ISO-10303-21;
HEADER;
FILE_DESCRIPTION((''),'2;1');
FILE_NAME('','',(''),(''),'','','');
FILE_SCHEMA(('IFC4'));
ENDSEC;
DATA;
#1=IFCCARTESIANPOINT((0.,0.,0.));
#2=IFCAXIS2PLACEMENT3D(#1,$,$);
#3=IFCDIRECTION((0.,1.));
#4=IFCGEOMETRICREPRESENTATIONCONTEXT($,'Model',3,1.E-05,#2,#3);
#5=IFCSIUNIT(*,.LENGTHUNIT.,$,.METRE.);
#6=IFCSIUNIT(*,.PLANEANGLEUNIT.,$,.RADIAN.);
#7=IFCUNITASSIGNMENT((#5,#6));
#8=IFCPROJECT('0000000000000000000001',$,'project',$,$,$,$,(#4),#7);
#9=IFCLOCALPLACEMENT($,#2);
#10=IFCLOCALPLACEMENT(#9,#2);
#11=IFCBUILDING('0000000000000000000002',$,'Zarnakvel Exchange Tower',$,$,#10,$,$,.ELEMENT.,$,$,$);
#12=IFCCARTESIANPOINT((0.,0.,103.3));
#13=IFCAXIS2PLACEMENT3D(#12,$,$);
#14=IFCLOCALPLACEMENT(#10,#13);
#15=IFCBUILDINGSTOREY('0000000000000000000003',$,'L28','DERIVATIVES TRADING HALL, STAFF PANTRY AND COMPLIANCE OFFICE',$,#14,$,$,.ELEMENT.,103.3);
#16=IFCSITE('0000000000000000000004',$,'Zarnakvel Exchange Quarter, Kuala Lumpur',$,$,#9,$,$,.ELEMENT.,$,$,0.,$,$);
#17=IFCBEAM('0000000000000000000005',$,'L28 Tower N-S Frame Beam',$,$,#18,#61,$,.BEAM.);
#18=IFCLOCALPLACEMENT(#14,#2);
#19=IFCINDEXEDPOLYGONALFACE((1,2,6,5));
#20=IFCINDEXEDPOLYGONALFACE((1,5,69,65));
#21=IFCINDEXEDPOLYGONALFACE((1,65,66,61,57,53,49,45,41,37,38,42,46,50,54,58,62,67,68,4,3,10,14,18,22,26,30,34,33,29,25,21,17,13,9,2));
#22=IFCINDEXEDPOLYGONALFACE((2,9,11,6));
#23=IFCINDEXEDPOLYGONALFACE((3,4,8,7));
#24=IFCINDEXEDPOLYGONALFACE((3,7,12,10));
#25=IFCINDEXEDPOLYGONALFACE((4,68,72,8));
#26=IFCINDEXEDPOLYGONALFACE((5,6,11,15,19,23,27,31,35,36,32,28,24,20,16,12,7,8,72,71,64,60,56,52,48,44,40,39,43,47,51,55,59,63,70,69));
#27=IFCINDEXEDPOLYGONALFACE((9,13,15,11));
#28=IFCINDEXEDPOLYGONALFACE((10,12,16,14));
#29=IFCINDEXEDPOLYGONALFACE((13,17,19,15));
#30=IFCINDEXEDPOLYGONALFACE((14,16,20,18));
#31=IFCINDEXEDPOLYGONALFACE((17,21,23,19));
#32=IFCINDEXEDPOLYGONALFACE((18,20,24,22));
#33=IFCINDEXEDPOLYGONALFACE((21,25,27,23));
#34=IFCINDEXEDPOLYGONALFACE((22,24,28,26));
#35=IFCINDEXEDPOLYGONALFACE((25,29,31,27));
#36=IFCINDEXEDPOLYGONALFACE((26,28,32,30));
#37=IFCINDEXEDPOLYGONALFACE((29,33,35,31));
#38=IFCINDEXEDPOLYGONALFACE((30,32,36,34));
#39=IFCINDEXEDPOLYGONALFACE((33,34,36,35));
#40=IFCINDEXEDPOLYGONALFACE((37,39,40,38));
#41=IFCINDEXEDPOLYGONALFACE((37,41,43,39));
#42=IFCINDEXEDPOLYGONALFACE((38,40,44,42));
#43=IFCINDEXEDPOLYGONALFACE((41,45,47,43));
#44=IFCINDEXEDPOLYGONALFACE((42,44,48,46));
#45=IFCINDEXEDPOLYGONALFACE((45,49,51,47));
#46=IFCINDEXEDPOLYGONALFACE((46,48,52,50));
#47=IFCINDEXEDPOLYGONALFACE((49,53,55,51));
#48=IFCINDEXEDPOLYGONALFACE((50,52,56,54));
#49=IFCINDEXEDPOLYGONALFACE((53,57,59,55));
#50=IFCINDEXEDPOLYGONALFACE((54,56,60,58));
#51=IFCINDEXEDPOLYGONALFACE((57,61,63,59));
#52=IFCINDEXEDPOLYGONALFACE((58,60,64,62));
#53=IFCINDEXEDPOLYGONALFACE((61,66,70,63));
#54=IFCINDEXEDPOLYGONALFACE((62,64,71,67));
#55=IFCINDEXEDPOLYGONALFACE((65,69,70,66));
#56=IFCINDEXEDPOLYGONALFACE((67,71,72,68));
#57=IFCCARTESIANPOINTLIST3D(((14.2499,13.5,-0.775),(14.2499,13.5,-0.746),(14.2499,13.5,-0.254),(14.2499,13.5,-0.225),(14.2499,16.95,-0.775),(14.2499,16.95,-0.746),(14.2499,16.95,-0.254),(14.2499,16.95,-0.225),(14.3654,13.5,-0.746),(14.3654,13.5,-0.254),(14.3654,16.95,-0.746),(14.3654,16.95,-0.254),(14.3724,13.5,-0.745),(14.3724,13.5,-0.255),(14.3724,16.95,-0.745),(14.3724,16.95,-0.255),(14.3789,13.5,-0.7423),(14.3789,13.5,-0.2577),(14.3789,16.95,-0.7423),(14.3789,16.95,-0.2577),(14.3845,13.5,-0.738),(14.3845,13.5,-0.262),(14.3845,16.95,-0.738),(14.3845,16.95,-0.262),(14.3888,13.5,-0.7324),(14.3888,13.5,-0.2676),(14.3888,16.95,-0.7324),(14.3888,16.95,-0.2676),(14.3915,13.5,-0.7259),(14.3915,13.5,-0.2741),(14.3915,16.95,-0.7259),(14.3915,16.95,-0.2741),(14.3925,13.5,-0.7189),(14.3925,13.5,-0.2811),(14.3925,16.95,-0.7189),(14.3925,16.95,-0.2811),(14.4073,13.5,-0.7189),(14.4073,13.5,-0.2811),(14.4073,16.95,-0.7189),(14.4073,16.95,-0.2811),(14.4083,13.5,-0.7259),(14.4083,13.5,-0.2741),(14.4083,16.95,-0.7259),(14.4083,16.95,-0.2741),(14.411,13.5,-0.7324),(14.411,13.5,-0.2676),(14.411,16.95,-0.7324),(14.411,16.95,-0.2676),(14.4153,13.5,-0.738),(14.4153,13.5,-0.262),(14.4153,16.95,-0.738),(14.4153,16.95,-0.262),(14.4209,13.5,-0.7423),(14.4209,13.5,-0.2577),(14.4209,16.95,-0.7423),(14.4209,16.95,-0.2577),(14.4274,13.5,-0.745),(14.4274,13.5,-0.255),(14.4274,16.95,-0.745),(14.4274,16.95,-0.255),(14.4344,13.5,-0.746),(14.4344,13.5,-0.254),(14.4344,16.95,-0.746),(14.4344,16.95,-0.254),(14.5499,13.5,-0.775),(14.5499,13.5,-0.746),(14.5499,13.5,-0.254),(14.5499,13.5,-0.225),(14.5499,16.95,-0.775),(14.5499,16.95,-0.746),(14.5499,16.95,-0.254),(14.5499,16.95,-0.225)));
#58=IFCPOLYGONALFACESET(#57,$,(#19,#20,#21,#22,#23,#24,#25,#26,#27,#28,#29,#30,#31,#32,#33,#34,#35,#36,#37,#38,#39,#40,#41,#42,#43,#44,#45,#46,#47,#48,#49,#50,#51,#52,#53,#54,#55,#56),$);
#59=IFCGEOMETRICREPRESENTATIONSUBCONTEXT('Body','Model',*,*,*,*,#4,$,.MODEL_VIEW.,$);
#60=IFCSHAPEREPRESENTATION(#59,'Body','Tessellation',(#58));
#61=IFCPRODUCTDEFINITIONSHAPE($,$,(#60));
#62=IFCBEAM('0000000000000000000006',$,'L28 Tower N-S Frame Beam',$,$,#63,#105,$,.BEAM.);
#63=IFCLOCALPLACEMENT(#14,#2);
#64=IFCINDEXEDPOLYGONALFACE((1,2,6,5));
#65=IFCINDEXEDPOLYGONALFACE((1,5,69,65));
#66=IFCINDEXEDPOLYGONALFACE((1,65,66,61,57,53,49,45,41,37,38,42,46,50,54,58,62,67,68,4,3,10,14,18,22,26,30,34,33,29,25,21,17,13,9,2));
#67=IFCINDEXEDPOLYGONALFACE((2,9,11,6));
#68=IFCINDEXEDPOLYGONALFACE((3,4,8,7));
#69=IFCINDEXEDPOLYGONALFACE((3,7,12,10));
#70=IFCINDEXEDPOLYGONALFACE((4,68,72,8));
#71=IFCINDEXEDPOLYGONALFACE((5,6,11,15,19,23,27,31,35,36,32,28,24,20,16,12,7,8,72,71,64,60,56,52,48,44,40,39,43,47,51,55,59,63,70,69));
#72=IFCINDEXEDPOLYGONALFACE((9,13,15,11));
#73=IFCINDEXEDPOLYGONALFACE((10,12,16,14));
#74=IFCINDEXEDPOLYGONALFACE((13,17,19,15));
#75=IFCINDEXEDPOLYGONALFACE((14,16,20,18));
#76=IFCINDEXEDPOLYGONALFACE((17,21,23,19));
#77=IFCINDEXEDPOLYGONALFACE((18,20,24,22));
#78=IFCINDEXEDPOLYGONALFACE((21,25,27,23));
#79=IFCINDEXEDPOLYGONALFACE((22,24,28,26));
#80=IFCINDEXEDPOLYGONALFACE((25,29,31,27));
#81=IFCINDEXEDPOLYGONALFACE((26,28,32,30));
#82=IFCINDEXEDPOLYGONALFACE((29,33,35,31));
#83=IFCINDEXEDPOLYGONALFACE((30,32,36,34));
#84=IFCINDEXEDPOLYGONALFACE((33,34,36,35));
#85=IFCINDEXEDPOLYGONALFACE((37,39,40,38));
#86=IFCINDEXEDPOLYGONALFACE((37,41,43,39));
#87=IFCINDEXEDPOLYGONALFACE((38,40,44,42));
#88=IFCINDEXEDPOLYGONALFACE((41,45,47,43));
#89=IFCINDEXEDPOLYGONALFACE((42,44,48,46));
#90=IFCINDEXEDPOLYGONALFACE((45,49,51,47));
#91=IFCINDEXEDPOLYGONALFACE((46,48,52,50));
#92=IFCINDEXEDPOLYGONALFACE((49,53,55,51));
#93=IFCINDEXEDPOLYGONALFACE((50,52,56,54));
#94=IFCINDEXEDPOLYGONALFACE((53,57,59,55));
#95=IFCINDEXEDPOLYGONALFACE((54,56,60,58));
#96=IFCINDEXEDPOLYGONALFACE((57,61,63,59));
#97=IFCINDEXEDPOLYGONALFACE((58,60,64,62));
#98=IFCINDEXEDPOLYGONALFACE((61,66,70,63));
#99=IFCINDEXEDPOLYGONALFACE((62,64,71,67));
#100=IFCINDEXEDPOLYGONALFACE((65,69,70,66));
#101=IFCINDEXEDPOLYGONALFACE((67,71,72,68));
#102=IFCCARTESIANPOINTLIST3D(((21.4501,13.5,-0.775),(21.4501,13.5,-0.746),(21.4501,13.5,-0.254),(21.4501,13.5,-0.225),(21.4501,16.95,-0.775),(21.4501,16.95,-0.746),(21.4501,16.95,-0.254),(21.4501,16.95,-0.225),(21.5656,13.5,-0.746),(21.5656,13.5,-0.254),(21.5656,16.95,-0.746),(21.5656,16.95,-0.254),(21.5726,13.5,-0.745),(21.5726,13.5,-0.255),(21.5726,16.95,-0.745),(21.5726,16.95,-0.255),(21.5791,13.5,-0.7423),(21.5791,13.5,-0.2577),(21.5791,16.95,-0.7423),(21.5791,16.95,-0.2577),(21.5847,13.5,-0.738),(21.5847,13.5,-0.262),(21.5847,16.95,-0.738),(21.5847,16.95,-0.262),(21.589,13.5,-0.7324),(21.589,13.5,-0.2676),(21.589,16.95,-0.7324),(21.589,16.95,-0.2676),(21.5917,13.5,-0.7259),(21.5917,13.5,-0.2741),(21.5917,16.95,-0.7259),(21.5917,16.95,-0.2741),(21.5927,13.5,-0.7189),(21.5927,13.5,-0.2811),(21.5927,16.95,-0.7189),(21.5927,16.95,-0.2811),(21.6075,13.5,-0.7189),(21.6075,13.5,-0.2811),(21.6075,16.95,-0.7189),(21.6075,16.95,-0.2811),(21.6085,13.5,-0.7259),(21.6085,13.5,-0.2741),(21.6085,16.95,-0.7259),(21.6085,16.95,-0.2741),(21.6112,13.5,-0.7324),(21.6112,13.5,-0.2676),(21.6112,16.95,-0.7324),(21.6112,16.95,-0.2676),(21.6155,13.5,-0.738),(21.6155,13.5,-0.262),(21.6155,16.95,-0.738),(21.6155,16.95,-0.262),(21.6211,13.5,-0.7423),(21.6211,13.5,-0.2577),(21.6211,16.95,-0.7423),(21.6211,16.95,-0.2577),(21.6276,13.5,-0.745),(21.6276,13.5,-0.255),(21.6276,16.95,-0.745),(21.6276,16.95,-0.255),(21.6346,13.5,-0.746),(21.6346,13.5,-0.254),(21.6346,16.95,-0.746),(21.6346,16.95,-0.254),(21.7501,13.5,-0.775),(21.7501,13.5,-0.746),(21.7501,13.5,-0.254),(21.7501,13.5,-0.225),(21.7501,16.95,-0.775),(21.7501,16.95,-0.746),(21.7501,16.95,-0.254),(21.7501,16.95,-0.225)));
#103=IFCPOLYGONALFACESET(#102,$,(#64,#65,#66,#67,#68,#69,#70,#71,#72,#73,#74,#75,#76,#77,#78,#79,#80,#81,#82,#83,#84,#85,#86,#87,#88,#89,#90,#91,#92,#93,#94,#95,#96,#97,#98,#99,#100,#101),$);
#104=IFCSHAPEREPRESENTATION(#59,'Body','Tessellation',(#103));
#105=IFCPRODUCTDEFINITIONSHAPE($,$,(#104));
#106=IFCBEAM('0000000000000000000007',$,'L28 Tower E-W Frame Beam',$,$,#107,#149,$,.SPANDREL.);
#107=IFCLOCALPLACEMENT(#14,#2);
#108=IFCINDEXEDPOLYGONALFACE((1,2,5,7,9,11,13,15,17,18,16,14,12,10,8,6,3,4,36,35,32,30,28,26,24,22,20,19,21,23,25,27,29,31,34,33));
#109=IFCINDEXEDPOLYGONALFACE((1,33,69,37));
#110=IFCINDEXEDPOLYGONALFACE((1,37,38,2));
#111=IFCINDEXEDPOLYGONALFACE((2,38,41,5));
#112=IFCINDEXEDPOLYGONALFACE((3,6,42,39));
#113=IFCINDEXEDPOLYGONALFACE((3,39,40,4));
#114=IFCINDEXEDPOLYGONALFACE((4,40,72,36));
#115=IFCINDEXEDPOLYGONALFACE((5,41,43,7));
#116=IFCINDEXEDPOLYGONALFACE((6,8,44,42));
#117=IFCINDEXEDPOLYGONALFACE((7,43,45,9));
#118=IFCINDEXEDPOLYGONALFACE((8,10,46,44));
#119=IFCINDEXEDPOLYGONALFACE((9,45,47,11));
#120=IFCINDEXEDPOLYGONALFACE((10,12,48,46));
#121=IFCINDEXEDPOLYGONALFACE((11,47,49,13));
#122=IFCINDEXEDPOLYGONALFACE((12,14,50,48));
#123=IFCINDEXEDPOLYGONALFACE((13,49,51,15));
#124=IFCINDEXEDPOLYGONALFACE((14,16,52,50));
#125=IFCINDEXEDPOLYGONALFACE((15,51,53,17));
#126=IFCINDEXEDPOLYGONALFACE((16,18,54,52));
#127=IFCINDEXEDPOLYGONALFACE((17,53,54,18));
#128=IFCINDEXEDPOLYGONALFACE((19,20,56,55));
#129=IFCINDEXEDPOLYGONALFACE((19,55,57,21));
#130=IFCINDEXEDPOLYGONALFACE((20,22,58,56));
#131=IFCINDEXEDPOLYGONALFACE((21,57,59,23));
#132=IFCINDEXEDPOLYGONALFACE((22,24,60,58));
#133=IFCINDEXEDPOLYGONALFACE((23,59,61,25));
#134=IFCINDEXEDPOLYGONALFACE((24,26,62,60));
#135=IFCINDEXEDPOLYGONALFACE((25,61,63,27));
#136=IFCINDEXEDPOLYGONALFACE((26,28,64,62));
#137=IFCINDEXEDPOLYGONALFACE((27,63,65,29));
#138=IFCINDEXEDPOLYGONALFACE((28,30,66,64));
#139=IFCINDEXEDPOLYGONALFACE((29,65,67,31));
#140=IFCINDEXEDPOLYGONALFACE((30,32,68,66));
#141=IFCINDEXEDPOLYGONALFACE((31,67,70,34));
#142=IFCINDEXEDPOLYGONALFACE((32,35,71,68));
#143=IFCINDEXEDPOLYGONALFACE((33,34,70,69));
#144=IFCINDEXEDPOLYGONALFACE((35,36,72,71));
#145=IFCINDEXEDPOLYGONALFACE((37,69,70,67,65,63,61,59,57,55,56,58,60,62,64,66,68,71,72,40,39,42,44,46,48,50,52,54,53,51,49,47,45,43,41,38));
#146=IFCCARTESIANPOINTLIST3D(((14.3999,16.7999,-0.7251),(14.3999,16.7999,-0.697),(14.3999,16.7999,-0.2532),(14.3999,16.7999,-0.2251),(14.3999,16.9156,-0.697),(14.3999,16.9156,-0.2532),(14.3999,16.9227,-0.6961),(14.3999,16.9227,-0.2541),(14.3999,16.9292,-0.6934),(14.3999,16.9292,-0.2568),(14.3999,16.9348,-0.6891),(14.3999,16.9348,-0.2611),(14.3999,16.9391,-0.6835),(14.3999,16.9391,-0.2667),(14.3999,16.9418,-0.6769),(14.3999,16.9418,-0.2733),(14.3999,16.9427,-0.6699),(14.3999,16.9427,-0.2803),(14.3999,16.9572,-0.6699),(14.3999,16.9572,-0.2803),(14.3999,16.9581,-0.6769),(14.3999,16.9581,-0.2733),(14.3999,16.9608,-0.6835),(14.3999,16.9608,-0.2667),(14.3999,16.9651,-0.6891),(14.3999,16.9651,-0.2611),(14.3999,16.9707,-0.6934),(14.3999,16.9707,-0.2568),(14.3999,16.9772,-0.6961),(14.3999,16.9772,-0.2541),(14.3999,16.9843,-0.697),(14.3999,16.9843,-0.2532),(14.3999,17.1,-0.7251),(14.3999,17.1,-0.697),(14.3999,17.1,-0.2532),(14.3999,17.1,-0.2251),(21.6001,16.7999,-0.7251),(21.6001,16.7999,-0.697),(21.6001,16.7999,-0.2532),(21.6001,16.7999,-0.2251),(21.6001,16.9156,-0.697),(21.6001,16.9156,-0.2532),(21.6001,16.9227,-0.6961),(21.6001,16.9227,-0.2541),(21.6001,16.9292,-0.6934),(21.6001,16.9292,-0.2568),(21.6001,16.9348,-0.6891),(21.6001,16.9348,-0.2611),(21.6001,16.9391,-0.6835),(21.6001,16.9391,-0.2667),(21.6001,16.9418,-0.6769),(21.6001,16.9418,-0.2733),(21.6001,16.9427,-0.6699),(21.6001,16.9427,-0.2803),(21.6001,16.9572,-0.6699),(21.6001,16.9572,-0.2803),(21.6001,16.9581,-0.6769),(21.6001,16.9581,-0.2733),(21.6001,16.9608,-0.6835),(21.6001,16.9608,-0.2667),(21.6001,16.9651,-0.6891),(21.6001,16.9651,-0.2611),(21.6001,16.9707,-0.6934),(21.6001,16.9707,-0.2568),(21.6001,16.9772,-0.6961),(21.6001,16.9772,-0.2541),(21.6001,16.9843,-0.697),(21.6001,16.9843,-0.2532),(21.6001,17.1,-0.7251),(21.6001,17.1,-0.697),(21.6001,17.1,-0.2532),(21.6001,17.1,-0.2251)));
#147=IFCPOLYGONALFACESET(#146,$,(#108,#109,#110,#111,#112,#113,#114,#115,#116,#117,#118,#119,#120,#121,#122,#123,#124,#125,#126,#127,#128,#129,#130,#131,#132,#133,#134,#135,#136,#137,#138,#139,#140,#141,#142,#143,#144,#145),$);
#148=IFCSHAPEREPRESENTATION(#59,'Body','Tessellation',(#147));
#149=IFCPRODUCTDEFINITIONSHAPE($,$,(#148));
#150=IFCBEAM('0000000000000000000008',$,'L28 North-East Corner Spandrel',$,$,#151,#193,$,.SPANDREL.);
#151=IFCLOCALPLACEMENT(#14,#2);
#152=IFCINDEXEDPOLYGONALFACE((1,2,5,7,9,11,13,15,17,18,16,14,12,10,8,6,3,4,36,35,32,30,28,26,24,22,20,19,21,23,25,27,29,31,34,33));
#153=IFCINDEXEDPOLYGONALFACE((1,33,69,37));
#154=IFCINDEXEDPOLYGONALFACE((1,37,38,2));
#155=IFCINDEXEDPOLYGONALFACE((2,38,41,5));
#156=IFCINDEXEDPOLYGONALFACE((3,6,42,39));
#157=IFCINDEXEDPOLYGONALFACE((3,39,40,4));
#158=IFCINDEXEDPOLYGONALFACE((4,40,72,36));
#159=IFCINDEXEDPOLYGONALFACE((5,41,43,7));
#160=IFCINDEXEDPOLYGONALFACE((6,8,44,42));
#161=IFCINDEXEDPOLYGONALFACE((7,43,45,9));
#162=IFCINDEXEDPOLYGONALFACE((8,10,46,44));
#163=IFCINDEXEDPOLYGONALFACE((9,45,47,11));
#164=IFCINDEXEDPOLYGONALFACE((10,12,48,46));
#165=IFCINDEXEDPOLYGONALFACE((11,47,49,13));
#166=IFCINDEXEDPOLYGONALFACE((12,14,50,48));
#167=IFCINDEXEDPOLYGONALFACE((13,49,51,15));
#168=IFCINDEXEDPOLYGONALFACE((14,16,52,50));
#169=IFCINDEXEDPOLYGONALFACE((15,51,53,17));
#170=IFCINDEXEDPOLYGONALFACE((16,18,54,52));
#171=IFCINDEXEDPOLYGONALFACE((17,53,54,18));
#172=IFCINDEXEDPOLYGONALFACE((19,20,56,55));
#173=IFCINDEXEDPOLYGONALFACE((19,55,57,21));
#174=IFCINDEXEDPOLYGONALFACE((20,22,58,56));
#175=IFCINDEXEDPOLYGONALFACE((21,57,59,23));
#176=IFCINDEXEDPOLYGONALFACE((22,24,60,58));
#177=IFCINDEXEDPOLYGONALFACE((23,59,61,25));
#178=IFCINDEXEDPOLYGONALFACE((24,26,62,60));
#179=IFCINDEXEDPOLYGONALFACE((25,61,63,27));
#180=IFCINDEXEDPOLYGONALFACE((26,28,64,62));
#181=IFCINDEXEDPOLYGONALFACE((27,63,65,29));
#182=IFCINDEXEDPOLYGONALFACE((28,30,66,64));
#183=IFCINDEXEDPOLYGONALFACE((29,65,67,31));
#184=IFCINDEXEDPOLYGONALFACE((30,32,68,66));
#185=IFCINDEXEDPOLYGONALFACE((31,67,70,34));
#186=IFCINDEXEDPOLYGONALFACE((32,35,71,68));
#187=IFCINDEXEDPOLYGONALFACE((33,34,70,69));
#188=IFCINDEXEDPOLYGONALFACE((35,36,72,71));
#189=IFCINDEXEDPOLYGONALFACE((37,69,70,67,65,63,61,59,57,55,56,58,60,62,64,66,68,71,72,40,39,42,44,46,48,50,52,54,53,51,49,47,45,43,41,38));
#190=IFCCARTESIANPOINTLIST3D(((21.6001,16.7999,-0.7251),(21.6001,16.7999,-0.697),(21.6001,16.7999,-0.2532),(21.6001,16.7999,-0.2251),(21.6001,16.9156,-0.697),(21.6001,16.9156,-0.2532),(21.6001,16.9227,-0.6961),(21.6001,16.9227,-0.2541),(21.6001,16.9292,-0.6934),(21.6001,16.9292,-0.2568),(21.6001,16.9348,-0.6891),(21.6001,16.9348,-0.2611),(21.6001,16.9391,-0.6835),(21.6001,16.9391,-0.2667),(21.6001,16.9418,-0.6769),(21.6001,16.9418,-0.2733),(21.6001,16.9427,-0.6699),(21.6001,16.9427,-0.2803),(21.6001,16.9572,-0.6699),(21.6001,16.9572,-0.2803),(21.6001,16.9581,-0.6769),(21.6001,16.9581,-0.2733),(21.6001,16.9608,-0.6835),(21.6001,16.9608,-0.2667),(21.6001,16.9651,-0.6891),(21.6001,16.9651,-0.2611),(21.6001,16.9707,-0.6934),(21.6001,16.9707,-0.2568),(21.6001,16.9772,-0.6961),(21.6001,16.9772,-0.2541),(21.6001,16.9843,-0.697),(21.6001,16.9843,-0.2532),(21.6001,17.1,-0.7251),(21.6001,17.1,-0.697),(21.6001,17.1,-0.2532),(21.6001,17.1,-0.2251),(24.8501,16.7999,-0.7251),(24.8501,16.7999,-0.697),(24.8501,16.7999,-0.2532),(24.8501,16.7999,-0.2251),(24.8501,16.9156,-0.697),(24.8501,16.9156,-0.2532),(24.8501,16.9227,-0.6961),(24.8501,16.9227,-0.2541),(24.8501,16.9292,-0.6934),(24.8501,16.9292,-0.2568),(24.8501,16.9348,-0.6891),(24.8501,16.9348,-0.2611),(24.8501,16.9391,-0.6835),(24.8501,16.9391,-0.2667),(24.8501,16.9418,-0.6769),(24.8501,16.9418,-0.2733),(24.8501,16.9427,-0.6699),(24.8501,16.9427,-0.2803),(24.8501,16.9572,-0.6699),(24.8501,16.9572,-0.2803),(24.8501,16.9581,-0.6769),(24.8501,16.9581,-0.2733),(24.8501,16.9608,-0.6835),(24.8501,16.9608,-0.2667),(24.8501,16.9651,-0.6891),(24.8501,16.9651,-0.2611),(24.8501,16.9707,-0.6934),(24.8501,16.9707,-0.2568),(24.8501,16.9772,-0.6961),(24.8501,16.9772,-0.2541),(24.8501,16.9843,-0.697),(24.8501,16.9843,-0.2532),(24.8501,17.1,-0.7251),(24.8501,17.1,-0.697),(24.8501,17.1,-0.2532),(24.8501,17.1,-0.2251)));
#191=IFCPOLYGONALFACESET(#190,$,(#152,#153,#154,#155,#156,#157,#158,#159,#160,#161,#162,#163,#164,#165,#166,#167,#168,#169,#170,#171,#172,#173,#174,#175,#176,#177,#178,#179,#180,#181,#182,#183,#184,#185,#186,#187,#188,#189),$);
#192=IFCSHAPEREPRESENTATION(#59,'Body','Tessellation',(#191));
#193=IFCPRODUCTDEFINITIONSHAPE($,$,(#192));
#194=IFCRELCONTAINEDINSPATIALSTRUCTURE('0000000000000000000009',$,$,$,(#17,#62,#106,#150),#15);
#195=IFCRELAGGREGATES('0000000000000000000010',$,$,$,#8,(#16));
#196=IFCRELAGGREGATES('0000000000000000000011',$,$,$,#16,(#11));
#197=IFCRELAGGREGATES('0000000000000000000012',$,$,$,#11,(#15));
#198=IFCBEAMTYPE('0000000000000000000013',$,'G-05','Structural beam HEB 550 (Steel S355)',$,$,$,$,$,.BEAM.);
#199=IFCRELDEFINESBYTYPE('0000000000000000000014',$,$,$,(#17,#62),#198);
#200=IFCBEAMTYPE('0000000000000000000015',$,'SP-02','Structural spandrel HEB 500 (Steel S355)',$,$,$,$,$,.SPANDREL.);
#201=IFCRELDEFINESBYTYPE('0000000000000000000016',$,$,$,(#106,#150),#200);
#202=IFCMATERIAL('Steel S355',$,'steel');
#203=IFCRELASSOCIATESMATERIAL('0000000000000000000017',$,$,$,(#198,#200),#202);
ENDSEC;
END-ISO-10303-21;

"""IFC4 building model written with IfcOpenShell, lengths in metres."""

from ifc_helpers import new_model, si_unit, direction, frame, origin, origin_2d, place, context, subcontext, project, spatial, i_section, extrude, material, material_profile, profile_set, type_object, element, save


model = new_model("IFC4")

# Units and contexts
model_context = context("Model", 3, precision=1e-05, world=origin(), true_north=direction((0.0, 1.0)))
body_context = subcontext(model_context, "Body", "Model", "MODEL_VIEW")
ifc_project = project(units=[si_unit("LENGTHUNIT", "METRE"), si_unit("PLANEANGLEUNIT", "RADIAN")], contexts=[model_context])

# Site, building, storey
site_placement = place(None, origin())
site = spatial("IfcSite", under=ifc_project, at=site_placement, Name="Zarnakvel Exchange Quarter, Kuala Lumpur", CompositionType="ELEMENT", RefElevation=0.0)
building_placement = place(site_placement, origin())
building = spatial("IfcBuilding", under=site, at=building_placement, Name="Zarnakvel Exchange Tower", CompositionType="ELEMENT")
storey_placement = place(building_placement, frame((0.0, 0.0, 103.3)))
storey = spatial("IfcBuildingStorey", under=building, at=storey_placement, Name="L28", Description="DERIVATIVES TRADING HALL, STAFF PANTRY AND COMPLIANCE OFFICE", CompositionType="ELEMENT", Elevation=103.3)

# Shared definitions
ifc_material_1 = material(Name="Steel S355", Category="steel")

# Beams
ifc_material_profile_1 = material_profile(ifc_material_1, i_section(OverallWidth=0.3, OverallDepth=0.55, WebThickness=0.0149, FlangeThickness=0.0291, FilletRadius=0.0271, at=origin_2d()))
ifc_profile_set_1 = profile_set([ifc_material_profile_1], Name="Steel S355")
beam_type_1 = type_object("IfcBeamType", Name="G-05", Description="Structural beam HEB 550 (Steel S355)", PredefinedType="BEAM", material=ifc_profile_set_1)
for number, where, z_axis, x_axis, name in (
    (1, (14.3999, 13.5, -0.5), (0.0, 1.0, 0.0), (-1.0, 0.0, 0.0), "L28 Tower N-S Frame Beam"),
    (2, (21.6001, 13.5, -0.5), (0.0, 1.0, 0.0), (-1.0, 0.0, 0.0), "L28 Tower N-S Frame Beam"),
):
    element("IfcBeam", number, at=place(storey_placement, frame(where, z_axis=z_axis, x_axis=x_axis)), inside=storey, type_object=beam_type_1, Name=name, PredefinedType="BEAM", context=body_context, shape_type="SweptSolid", body=[
        extrude(i_section(OverallWidth=0.3, OverallDepth=0.55, WebThickness=0.0149, FlangeThickness=0.0291, FilletRadius=0.0271, at=origin_2d()), origin(), (0.0, 0.0, 1.0), 3.45),
    ])
ifc_material_profile_2 = material_profile(ifc_material_1, i_section(OverallWidth=0.3, OverallDepth=0.5, WebThickness=0.0144, FlangeThickness=0.0281, FilletRadius=0.0271, at=origin_2d()))
ifc_profile_set_2 = profile_set([ifc_material_profile_2], Name="Steel S355")
beam_type_2 = type_object("IfcBeamType", Name="SP-02", Description="Structural spandrel HEB 500 (Steel S355)", PredefinedType="SPANDREL", material=ifc_profile_set_2)
beam_1_placement = place(storey_placement, frame((14.3999, 16.95, -0.4751), z_axis=(1.0, 0.0, 0.0), x_axis=(0.0, 1.0, 0.0)))
element("IfcBeam", 3, at=beam_1_placement, inside=storey, type_object=beam_type_2, Name="L28 Tower E-W Frame Beam", PredefinedType="SPANDREL", context=body_context, shape_type="SweptSolid", body=[
    extrude(i_section(OverallWidth=0.3, OverallDepth=0.5, WebThickness=0.0144, FlangeThickness=0.0281, FilletRadius=0.0271, at=origin_2d()), origin(), (0.0, 0.0, 1.0), 7.2002),
])
beam_2_placement = place(storey_placement, frame((21.6001, 16.95, -0.4751), z_axis=(1.0, 0.0, 0.0), x_axis=(0.0, 1.0, 0.0)))
element("IfcBeam", 4, at=beam_2_placement, inside=storey, type_object=beam_type_2, Name="L28 North-East Corner Spandrel", PredefinedType="SPANDREL", context=body_context, shape_type="SweptSolid", body=[
    extrude(i_section(OverallWidth=0.3, OverallDepth=0.5, WebThickness=0.0144, FlangeThickness=0.0281, FilletRadius=0.0271, at=origin_2d()), origin(), (0.0, 0.0, 1.0), 3.25),
])

save(model, "model.ifc")
